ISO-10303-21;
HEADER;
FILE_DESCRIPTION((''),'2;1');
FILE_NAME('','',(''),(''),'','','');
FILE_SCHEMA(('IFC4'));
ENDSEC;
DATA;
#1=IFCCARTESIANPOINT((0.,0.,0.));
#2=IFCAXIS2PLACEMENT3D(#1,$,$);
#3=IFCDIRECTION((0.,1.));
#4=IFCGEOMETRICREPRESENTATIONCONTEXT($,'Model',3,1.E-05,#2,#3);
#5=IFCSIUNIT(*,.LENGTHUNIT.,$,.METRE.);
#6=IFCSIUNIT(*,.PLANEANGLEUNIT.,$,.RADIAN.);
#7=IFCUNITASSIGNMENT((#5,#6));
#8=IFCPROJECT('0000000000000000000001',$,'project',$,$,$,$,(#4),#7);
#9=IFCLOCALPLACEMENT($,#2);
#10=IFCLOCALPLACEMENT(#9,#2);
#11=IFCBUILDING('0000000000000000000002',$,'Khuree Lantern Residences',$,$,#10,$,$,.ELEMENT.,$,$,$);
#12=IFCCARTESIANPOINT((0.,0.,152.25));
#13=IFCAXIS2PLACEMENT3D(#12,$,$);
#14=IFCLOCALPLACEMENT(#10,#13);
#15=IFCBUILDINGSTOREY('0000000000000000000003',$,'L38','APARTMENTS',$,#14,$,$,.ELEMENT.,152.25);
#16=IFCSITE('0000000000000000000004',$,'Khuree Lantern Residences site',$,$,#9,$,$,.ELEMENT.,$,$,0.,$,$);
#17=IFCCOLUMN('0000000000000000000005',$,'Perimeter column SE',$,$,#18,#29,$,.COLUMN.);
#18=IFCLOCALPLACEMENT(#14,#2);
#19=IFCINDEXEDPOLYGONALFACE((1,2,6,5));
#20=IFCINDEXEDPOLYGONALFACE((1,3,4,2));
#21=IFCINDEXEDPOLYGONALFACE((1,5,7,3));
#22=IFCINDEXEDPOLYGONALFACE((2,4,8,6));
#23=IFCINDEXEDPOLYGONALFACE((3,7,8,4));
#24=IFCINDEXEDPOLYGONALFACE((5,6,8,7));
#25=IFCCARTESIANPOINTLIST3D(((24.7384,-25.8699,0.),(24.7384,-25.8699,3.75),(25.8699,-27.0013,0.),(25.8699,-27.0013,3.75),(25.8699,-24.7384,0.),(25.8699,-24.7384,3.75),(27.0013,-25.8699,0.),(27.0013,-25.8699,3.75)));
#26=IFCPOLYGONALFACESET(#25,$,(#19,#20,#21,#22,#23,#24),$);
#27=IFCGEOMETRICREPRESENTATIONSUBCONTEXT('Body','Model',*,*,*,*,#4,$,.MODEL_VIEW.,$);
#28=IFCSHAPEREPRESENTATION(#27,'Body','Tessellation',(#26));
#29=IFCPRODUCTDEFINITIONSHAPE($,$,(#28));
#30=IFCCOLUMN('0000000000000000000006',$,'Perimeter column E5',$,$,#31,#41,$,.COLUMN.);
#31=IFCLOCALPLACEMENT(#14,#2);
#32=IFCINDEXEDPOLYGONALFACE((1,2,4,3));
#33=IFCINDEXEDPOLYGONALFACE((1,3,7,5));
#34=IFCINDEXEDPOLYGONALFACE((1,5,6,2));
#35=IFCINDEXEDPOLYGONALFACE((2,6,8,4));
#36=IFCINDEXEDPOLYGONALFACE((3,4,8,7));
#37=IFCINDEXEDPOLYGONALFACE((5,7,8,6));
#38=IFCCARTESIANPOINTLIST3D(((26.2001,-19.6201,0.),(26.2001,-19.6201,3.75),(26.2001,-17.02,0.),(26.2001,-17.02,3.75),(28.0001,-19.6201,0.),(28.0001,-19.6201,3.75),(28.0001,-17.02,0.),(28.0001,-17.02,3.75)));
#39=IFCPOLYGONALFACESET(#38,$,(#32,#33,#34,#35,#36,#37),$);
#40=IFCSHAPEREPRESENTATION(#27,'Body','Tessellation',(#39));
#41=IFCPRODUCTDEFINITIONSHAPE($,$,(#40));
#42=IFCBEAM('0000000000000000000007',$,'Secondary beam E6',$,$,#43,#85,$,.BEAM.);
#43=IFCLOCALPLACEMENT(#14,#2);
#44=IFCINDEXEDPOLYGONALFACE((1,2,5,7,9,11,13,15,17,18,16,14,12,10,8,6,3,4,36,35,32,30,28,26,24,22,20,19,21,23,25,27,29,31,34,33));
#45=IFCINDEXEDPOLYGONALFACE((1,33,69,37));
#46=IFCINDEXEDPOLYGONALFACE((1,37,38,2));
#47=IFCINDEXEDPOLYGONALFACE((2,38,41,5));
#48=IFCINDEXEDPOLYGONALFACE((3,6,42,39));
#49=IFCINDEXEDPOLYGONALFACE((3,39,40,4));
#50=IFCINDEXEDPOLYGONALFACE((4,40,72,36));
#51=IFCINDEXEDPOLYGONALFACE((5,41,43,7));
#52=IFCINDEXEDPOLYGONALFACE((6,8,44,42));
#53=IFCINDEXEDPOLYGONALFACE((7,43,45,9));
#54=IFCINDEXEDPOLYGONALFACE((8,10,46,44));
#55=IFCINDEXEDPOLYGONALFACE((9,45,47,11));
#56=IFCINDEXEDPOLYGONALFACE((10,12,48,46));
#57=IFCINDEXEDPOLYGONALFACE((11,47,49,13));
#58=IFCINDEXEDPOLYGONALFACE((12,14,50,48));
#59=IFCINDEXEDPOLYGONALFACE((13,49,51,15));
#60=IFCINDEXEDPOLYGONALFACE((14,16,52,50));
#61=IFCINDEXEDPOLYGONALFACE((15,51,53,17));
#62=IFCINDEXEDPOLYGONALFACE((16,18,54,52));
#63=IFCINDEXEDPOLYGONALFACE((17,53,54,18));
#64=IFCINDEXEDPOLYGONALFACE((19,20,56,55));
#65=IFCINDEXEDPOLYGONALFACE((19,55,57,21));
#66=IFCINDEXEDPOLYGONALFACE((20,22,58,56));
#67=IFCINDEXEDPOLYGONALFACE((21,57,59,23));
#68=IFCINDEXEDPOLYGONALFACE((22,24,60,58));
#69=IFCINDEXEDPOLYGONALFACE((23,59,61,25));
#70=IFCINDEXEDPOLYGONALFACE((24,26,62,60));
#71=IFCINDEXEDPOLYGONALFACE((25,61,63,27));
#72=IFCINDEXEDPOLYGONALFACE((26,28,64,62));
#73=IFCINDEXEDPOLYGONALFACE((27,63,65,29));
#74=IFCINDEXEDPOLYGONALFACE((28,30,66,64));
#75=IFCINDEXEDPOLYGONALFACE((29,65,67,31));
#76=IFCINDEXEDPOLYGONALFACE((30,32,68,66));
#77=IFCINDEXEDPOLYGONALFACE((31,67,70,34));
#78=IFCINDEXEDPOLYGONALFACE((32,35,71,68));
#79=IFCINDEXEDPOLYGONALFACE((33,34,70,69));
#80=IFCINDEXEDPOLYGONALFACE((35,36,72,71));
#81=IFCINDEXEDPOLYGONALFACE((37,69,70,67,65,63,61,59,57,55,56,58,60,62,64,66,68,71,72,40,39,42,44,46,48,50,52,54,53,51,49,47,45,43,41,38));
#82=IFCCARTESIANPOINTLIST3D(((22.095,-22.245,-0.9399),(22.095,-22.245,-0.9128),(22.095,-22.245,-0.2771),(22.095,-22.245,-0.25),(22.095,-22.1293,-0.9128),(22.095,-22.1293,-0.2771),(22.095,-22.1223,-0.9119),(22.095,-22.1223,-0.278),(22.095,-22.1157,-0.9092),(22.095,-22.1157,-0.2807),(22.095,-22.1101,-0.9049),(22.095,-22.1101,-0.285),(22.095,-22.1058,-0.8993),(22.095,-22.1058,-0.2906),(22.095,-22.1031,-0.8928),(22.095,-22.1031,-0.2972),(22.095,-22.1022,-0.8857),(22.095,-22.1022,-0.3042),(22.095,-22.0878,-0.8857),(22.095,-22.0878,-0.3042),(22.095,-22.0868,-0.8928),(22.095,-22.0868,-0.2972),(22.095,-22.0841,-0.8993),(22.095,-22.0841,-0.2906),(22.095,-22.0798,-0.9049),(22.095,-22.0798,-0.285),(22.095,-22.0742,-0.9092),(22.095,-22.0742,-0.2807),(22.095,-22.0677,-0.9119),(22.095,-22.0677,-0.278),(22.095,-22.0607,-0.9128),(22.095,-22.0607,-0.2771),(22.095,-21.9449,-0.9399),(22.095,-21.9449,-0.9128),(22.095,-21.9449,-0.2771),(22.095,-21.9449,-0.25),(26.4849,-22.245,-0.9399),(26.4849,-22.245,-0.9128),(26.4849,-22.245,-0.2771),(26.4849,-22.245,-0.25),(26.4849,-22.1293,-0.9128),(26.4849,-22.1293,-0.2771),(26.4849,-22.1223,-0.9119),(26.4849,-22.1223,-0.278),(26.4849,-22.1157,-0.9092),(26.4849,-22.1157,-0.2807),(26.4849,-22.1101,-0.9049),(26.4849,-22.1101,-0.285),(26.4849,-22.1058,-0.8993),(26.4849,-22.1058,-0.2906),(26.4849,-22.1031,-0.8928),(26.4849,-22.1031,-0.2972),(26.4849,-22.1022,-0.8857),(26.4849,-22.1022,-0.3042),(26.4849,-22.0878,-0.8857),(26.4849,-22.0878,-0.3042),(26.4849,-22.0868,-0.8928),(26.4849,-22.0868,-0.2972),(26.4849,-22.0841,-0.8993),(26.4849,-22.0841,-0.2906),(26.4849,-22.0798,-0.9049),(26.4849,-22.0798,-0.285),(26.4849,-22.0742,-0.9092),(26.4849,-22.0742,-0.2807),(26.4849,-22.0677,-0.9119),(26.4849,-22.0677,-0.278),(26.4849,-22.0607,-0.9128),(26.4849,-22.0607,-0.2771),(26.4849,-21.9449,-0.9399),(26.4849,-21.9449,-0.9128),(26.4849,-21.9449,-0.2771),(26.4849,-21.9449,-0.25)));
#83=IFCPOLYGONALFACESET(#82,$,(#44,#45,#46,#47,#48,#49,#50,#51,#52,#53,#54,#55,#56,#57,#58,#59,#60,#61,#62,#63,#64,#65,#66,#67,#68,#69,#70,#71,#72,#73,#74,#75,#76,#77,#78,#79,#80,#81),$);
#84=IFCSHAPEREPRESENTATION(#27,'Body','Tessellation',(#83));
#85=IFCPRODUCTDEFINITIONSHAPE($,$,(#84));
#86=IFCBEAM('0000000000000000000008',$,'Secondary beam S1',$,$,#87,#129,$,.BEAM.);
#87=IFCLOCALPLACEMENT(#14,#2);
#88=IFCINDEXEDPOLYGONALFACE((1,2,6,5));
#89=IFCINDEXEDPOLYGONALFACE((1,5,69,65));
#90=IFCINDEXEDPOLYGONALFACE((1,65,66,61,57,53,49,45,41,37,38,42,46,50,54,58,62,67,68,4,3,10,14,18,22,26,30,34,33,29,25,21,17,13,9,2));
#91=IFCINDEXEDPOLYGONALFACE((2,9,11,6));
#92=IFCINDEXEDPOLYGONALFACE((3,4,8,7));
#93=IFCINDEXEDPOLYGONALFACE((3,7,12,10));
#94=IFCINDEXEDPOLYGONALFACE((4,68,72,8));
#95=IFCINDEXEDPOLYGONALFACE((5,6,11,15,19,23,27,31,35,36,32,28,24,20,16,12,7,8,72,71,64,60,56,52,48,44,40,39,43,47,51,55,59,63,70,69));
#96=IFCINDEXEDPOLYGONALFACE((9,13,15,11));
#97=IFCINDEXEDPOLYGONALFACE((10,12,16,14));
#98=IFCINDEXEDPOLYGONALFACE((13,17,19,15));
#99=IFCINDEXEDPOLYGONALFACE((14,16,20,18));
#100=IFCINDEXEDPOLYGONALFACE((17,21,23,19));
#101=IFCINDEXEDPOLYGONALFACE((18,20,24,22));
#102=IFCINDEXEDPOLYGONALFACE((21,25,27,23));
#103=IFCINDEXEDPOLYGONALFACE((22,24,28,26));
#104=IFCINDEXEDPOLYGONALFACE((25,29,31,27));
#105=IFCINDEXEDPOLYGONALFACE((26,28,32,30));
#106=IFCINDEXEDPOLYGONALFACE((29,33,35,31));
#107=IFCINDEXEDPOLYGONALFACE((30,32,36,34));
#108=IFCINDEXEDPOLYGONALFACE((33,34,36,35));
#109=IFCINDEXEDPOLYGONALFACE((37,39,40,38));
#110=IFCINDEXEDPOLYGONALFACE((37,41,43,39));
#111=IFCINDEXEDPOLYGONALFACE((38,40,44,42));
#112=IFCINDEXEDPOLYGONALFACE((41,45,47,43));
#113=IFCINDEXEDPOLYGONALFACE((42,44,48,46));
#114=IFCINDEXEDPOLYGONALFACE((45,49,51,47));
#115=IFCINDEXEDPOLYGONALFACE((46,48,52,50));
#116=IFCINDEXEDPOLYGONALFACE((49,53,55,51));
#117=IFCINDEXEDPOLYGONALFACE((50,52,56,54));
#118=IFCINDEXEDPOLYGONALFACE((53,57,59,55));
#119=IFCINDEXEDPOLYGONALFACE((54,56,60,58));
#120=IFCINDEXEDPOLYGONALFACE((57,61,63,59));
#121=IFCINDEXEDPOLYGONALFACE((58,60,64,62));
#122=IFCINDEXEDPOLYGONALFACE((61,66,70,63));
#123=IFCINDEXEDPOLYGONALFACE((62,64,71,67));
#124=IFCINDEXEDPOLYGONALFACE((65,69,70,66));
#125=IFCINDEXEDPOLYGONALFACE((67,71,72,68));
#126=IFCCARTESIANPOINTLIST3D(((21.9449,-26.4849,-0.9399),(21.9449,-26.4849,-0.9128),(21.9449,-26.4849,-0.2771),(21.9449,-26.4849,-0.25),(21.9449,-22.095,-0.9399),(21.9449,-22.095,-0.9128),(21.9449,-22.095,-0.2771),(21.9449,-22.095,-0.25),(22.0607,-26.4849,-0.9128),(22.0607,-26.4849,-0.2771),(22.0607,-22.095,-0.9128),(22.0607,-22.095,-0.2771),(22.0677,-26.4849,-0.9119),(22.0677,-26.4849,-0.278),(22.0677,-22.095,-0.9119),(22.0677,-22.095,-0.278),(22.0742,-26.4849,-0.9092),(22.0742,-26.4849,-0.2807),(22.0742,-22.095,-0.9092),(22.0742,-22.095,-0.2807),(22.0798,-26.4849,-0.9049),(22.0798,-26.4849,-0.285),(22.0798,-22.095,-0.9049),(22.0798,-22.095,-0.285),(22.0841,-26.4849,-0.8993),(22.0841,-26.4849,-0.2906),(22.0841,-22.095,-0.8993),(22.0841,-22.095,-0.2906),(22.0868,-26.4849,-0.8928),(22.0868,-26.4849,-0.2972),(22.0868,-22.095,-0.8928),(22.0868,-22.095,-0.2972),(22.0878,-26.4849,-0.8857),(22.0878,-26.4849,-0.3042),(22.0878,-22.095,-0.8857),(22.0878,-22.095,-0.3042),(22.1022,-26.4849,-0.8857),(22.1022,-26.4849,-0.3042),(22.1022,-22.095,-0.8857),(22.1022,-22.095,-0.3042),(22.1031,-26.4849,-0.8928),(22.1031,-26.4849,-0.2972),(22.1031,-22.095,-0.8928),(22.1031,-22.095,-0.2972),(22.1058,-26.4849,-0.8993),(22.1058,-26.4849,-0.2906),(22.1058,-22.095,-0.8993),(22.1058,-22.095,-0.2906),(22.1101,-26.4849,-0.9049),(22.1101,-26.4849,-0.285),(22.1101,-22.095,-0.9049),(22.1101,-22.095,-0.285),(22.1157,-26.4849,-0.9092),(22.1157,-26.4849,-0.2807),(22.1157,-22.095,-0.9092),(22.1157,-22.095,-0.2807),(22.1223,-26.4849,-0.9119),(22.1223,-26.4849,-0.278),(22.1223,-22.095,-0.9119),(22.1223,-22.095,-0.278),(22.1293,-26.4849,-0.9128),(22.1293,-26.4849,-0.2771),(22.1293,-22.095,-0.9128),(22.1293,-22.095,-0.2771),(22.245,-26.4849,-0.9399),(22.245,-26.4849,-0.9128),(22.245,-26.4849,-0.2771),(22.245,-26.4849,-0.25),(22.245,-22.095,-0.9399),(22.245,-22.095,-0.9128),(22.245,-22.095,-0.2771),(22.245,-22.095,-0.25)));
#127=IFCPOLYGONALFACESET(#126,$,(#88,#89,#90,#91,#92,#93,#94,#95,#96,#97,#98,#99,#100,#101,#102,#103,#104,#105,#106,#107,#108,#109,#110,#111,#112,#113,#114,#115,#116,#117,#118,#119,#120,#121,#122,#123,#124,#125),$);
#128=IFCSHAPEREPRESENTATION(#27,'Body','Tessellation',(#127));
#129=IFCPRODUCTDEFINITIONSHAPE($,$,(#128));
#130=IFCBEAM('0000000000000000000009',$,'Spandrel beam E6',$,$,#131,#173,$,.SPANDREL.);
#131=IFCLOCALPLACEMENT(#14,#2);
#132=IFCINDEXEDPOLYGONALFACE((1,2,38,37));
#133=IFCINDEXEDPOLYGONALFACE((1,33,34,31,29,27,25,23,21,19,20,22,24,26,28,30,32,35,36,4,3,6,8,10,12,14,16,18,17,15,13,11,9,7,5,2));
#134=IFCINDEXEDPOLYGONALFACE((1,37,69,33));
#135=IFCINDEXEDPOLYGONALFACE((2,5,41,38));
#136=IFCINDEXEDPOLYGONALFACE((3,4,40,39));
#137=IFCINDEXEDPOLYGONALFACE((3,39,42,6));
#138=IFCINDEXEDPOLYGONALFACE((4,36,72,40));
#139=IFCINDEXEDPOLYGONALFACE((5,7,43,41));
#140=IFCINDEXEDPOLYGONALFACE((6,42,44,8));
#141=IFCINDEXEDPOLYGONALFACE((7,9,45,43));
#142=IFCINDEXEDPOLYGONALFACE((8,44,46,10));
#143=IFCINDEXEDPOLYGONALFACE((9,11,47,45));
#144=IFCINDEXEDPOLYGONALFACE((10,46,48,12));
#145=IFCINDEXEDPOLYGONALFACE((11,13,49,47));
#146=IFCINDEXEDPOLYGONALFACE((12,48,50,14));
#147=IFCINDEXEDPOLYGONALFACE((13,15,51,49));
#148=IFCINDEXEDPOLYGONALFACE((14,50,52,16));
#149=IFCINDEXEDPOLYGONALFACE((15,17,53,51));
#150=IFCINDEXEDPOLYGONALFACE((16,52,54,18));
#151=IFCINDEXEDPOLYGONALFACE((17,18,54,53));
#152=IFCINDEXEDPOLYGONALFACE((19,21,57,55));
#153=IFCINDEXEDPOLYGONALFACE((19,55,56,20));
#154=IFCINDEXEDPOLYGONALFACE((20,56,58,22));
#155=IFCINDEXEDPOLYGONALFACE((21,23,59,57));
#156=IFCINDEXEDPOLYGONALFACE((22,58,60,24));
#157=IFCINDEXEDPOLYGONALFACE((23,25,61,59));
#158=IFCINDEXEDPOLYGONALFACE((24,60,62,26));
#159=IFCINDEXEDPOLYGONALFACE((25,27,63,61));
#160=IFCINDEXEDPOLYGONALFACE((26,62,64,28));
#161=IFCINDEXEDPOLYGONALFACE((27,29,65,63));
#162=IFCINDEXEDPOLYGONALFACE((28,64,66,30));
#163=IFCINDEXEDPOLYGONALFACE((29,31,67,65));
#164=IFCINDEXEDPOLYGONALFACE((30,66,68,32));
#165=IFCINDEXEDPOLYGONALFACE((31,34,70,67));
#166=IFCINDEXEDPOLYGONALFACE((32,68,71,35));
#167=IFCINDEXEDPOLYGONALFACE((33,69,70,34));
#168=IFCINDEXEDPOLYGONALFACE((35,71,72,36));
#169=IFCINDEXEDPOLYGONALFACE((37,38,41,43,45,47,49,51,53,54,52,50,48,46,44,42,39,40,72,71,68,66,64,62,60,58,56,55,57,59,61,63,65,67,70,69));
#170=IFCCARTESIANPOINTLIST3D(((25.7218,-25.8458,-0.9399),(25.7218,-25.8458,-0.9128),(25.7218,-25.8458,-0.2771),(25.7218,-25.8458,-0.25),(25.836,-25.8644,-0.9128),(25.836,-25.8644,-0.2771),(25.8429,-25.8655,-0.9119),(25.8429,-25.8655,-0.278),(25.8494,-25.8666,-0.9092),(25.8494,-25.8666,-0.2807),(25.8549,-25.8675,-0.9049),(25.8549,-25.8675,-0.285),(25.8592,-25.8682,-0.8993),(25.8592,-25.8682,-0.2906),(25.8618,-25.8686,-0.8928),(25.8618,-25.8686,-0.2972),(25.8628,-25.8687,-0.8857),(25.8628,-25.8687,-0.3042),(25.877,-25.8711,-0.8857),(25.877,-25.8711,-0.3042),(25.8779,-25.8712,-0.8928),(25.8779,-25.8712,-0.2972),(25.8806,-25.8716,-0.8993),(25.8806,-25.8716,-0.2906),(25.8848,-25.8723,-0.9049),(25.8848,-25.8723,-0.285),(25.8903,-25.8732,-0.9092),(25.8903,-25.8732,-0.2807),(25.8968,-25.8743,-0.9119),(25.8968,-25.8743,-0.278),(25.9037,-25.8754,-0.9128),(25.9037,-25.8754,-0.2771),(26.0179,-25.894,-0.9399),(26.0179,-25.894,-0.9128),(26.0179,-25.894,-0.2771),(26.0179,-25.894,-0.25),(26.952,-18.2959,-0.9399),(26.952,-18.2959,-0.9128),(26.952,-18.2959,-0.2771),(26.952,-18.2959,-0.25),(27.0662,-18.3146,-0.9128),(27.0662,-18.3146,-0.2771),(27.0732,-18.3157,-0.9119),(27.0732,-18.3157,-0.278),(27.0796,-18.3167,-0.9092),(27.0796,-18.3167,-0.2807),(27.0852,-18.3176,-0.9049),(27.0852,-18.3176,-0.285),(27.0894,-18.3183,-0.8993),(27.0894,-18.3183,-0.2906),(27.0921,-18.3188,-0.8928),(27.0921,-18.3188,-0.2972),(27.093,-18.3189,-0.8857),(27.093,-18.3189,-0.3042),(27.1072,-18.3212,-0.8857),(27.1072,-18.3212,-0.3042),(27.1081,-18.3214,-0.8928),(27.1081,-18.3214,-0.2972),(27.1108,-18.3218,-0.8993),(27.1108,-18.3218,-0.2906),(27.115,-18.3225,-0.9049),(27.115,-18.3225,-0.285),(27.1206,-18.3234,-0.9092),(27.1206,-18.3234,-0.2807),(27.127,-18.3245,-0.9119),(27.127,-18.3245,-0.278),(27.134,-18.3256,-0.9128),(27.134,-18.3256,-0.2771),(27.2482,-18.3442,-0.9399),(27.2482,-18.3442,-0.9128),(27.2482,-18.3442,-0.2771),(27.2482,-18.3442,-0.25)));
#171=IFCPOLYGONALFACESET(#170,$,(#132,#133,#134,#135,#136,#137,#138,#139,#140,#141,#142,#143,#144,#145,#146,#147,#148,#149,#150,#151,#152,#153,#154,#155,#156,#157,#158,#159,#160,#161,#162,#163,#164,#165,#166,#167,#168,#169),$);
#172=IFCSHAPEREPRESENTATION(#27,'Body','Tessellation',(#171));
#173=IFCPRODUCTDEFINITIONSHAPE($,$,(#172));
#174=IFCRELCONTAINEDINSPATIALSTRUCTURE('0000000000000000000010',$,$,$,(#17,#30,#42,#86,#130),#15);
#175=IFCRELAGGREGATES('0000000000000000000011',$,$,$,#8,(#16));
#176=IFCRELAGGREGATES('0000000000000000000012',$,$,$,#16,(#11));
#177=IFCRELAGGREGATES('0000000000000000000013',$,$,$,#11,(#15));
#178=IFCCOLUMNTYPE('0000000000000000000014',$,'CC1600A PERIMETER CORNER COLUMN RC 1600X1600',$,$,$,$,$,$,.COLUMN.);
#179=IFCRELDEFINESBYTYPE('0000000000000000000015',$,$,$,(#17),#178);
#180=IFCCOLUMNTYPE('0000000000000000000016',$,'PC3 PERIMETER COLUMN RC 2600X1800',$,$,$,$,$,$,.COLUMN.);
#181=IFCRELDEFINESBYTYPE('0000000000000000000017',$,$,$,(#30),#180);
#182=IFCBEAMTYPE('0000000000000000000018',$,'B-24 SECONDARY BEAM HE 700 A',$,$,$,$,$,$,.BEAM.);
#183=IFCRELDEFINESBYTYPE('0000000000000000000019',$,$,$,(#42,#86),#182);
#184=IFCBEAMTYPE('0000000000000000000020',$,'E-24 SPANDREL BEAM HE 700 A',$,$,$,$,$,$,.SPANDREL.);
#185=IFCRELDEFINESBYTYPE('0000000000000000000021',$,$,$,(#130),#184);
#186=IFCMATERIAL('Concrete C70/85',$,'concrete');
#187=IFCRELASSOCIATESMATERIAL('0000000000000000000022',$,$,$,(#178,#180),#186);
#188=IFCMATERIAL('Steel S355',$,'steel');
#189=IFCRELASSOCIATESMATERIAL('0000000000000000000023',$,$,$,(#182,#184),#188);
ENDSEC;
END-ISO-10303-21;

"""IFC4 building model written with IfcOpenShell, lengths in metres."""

from ifc_helpers import new_model, si_unit, direction, frame, origin, origin_2d, place, context, subcontext, project, spatial, rectangle, i_section, extrude, material, material_profile, profile_set, type_object, element, save


model = new_model("IFC4")

# Units and contexts
model_context = context("Model", 3, precision=1e-05, world=origin(), true_north=direction((0.0, 1.0)))
body_context = subcontext(model_context, "Body", "Model", "MODEL_VIEW")
ifc_project = project(units=[si_unit("LENGTHUNIT", "METRE"), si_unit("PLANEANGLEUNIT", "RADIAN")], contexts=[model_context])

# Site, building, storey
site_placement = place(None, origin())
site = spatial("IfcSite", under=ifc_project, at=site_placement, Name="Khuree Lantern Residences site", CompositionType="ELEMENT", RefElevation=0.0)
building_placement = place(site_placement, origin())
building = spatial("IfcBuilding", under=site, at=building_placement, Name="Khuree Lantern Residences", CompositionType="ELEMENT")
storey_placement = place(building_placement, frame((0.0, 0.0, 152.25)))
storey = spatial("IfcBuildingStorey", under=building, at=storey_placement, Name="L38", Description="APARTMENTS", CompositionType="ELEMENT", Elevation=152.25)

# Columns
ifc_material_1 = material(Name="Concrete C70/85", Category="concrete")
ifc_material_profile_1 = material_profile(ifc_material_1, rectangle(XDim=1.6001, YDim=1.6001, at=origin_2d()), Name="RC 1600X1600")
ifc_profile_set_1 = profile_set([ifc_material_profile_1], Name="Concrete C70/85")
column_type_1 = type_object("IfcColumnType", Name="CC1600A PERIMETER CORNER COLUMN RC 1600X1600", PredefinedType="COLUMN", material=ifc_profile_set_1)
column_1_placement = place(storey_placement, frame((25.8699, -25.8699, 0.0), z_axis=(0.0, 0.0, 1.0), x_axis=(0.707107, 0.707107, 0.0)))
element("IfcColumn", 1, at=column_1_placement, inside=storey, type_object=column_type_1, Name="Perimeter column SE", PredefinedType="COLUMN", context=body_context, shape_type="SweptSolid", body=[
    extrude(rectangle(XDim=1.6001, YDim=1.6001, at=origin_2d()), origin(), (0.0, 0.0, 1.0), 3.75),
])
ifc_material_profile_2 = material_profile(ifc_material_1, rectangle(XDim=2.6001, YDim=1.8, at=origin_2d()), Name="RC 2600X1800")
ifc_profile_set_2 = profile_set([ifc_material_profile_2], Name="Concrete C70/85")
column_type_2 = type_object("IfcColumnType", Name="PC3 PERIMETER COLUMN RC 2600X1800", PredefinedType="COLUMN", material=ifc_profile_set_2)
column_2_placement = place(storey_placement, frame((27.1001, -18.3201, 0.0), z_axis=(0.0, 0.0, 1.0), x_axis=(0.0, 1.0, 0.0)))
element("IfcColumn", 2, at=column_2_placement, inside=storey, type_object=column_type_2, Name="Perimeter column E5", PredefinedType="COLUMN", context=body_context, shape_type="SweptSolid", body=[
    extrude(rectangle(XDim=2.6001, YDim=1.8, at=origin_2d()), origin(), (0.0, 0.0, 1.0), 3.75),
])

# Beams
ifc_material_2 = material(Name="Steel S355", Category="steel")
ifc_material_profile_3 = material_profile(ifc_material_2, i_section(OverallWidth=0.3, OverallDepth=0.6899, WebThickness=0.0144, FlangeThickness=0.0271, FilletRadius=0.0271, at=origin_2d()), Name="HE 700 A")
ifc_profile_set_3 = profile_set([ifc_material_profile_3], Name="Steel S355")
beam_type_1 = type_object("IfcBeamType", Name="B-24 SECONDARY BEAM HE 700 A", PredefinedType="BEAM", material=ifc_profile_set_3)
for number, where, z_axis, x_axis, name in (
    (3, (26.4849, -22.095, -0.595), (-1.0, 0.0, 0.0), (0.0, -1.0, 0.0), "Secondary beam E6"),
    (4, (22.095, -26.4849, -0.595), (0.0, 1.0, 0.0), (-1.0, 0.0, 0.0), "Secondary beam S1"),
):
    element("IfcBeam", number, at=place(storey_placement, frame(where, z_axis=z_axis, x_axis=x_axis)), inside=storey, type_object=beam_type_1, Name=name, PredefinedType="BEAM", context=body_context, shape_type="SweptSolid", body=[
        extrude(i_section(OverallWidth=0.3, OverallDepth=0.6899, WebThickness=0.0144, FlangeThickness=0.0271, FilletRadius=0.0271, at=origin_2d()), origin(), (0.0, 0.0, 1.0), 4.3899),
    ])
ifc_material_profile_4 = material_profile(ifc_material_2, i_section(OverallWidth=0.3, OverallDepth=0.6899, WebThickness=0.0144, FlangeThickness=0.0271, FilletRadius=0.0271, at=origin_2d()), Name="HE 700 A")
ifc_profile_set_4 = profile_set([ifc_material_profile_4], Name="Steel S355")
beam_type_2 = type_object("IfcBeamType", Name="E-24 SPANDREL BEAM HE 700 A", PredefinedType="SPANDREL", material=ifc_profile_set_4)
for number, where, z_axis, x_axis, name in (
    (5, (27.1001, -18.3201, -0.595), (-0.160827, -0.986983, 0.0), (0.986983, -0.160827, 0.0), "Spandrel beam E6"),
):
    element("IfcBeam", number, at=place(storey_placement, frame(where, z_axis=z_axis, x_axis=x_axis)), inside=storey, type_object=beam_type_2, Name=name, PredefinedType="SPANDREL", context=body_context, shape_type="SweptSolid", body=[
        extrude(i_section(OverallWidth=0.3, OverallDepth=0.6899, WebThickness=0.0144, FlangeThickness=0.0271, FilletRadius=0.0271, at=origin_2d()), origin(), (0.0, 0.0, 1.0), 7.6494),
    ])

save(model, "model.ifc")
